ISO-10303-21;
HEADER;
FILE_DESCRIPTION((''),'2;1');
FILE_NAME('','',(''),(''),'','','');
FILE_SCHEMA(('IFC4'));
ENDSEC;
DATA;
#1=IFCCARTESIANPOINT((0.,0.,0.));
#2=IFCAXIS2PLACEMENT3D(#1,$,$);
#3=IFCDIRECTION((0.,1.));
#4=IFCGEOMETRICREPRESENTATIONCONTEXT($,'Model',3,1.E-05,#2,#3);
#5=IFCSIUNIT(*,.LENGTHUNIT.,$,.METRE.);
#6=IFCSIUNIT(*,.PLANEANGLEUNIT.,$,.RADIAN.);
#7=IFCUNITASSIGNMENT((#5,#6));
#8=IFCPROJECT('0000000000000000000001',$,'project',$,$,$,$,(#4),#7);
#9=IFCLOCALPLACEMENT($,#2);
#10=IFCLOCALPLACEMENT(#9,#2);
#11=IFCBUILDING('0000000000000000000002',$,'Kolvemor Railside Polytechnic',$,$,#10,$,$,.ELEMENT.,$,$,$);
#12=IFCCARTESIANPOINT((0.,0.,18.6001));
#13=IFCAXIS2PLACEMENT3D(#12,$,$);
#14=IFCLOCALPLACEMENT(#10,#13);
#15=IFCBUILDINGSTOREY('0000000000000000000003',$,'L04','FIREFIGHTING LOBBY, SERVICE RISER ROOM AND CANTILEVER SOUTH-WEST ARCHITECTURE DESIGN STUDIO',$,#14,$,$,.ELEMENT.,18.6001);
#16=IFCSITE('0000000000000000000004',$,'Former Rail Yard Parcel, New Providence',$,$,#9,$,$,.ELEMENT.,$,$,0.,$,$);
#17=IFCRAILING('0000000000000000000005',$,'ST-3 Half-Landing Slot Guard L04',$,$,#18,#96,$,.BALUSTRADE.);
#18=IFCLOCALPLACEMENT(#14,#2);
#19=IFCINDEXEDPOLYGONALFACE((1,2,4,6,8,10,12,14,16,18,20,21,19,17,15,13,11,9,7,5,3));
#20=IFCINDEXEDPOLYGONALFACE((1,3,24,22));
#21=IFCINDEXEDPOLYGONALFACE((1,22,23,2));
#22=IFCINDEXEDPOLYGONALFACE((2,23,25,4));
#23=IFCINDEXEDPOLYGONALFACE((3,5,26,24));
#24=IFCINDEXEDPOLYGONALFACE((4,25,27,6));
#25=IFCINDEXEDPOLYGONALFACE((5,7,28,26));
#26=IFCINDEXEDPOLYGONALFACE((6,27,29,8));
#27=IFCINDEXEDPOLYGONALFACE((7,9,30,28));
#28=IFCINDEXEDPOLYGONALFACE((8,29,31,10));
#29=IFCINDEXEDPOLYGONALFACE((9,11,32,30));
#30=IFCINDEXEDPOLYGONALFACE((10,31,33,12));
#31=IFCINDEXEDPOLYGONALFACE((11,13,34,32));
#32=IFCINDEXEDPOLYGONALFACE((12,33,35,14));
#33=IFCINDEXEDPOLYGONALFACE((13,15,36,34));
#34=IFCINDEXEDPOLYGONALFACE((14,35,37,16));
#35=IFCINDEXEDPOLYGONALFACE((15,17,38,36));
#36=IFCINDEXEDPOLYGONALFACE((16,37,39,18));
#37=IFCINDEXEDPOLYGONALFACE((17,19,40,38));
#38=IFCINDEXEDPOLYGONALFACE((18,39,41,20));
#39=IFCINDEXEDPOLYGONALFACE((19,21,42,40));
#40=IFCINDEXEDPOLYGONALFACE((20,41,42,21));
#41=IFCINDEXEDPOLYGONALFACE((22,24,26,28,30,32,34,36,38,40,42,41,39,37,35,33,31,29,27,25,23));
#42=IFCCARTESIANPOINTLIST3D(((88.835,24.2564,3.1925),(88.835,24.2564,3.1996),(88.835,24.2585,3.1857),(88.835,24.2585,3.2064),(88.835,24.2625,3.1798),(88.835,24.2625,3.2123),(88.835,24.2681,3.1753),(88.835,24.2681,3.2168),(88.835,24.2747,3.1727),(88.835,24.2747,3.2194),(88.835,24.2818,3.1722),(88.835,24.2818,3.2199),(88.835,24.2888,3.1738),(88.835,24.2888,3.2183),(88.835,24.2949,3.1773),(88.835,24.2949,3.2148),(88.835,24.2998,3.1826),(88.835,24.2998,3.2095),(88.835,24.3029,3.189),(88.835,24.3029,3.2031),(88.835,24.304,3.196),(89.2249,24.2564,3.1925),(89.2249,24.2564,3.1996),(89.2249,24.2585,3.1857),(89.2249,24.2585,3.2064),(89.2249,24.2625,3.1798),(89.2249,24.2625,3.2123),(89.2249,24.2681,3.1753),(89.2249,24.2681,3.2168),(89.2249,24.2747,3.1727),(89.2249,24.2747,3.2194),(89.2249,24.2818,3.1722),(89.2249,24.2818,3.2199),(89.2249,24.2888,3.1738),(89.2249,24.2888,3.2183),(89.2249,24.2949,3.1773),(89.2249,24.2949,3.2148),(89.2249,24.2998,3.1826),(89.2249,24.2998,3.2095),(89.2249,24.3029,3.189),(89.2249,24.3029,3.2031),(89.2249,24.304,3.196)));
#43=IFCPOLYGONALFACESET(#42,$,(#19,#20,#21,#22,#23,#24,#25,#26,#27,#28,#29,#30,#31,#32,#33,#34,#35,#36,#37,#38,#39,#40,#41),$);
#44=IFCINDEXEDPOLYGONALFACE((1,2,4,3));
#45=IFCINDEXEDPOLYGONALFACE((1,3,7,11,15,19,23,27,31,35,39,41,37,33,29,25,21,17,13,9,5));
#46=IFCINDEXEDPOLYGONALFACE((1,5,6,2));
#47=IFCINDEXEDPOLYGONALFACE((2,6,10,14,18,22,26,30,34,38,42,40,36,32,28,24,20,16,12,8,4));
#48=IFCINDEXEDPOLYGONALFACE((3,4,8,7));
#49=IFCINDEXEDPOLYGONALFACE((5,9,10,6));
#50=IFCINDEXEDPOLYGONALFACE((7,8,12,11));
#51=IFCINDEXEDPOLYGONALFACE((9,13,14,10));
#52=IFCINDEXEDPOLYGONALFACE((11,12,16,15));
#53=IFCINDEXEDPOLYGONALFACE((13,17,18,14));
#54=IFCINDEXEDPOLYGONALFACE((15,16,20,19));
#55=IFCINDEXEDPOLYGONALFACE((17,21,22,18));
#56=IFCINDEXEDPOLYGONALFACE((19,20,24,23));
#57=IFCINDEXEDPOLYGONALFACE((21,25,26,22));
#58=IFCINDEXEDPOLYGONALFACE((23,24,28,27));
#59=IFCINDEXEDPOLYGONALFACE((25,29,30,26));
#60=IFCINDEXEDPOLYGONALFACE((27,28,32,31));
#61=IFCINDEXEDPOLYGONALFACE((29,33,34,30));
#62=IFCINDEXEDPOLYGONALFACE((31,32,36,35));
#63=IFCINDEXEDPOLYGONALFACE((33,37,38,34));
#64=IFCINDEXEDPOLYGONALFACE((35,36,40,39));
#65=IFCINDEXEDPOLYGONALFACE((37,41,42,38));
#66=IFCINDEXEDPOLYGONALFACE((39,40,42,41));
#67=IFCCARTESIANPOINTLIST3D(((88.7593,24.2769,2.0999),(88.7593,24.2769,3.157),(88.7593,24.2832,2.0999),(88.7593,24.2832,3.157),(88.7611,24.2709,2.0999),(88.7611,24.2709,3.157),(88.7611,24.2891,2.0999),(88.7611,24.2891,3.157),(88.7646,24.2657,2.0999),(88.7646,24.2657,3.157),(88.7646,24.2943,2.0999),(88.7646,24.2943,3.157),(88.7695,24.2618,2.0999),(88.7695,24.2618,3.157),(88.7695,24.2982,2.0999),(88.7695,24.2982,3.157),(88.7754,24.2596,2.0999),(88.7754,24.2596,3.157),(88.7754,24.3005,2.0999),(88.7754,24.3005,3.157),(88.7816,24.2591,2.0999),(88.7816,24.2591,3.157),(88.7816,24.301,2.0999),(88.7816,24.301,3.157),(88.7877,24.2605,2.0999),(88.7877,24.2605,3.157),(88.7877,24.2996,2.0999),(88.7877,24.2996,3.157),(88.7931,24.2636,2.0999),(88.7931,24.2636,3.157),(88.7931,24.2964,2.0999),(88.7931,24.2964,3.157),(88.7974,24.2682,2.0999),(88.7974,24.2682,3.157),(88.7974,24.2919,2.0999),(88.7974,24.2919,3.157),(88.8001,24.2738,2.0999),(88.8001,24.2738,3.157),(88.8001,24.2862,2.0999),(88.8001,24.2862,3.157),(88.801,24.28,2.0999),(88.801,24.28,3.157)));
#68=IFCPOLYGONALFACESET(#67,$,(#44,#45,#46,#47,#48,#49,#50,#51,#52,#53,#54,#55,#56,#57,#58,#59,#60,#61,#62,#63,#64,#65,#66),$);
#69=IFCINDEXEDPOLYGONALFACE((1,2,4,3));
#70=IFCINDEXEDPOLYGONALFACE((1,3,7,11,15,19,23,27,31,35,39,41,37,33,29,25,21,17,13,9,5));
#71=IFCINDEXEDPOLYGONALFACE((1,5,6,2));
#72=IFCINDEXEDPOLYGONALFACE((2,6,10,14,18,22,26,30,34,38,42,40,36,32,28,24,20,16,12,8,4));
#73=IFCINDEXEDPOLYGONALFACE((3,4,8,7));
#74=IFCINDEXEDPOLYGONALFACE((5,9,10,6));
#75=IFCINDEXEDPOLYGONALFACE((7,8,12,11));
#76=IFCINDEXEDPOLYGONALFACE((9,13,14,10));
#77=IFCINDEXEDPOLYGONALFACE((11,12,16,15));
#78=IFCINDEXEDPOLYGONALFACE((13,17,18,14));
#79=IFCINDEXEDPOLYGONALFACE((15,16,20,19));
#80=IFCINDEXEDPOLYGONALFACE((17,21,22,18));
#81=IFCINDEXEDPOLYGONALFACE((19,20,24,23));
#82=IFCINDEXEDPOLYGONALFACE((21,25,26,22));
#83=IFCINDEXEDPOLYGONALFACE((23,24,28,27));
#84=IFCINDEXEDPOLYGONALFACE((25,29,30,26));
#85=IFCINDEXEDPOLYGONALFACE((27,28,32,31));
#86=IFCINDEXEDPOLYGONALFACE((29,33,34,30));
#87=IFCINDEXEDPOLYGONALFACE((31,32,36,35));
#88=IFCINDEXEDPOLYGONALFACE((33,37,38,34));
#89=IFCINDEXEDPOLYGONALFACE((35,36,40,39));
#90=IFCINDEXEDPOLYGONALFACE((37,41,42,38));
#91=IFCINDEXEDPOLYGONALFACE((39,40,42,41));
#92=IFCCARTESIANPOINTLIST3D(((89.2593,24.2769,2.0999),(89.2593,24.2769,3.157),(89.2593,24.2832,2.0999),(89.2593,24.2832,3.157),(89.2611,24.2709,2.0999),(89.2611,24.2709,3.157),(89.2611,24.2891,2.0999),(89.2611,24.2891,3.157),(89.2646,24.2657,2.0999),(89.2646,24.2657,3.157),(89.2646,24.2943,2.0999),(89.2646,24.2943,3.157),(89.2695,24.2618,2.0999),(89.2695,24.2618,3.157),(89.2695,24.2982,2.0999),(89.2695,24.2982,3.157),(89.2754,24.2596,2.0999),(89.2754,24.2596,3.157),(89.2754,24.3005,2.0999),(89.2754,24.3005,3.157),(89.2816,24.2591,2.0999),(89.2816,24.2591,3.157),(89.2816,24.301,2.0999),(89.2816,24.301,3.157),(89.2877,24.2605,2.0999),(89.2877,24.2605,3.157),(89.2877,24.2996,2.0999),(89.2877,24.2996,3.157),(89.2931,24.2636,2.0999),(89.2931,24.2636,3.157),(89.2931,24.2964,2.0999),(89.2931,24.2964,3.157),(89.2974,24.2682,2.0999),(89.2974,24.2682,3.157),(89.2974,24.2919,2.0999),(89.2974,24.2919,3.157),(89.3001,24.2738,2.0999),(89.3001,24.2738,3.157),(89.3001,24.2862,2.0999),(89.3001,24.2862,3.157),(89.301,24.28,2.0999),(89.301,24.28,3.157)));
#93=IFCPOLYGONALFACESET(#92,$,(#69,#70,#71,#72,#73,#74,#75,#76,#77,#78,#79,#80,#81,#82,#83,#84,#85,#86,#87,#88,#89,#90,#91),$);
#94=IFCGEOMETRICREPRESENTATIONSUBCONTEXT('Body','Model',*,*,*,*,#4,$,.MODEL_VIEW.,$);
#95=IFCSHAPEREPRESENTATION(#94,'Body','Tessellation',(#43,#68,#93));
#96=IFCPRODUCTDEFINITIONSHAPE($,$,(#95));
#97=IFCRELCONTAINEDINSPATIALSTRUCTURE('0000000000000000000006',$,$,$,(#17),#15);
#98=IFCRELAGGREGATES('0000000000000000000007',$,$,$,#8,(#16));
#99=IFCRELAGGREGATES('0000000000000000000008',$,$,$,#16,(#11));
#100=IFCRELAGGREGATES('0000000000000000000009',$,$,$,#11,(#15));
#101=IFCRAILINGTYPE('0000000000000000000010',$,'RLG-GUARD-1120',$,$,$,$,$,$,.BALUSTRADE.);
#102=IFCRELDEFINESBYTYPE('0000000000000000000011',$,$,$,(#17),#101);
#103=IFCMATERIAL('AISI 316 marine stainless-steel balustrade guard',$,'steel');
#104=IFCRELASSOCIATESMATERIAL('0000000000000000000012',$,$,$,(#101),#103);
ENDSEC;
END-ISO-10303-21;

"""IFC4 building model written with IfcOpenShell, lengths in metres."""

from ifc_helpers import new_model, si_unit, direction, frame, origin, origin_2d, place, context, subcontext, project, spatial, circle, extrude, material, type_object, element, save


model = new_model("IFC4")

# Units and contexts
model_context = context("Model", 3, precision=1e-05, world=origin(), true_north=direction((0.0, 1.0)))
body_context = subcontext(model_context, "Body", "Model", "MODEL_VIEW")
ifc_project = project(units=[si_unit("LENGTHUNIT", "METRE"), si_unit("PLANEANGLEUNIT", "RADIAN")], contexts=[model_context])

# Site, building, storey
site_placement = place(None, origin())
site = spatial("IfcSite", under=ifc_project, at=site_placement, Name="Former Rail Yard Parcel, New Providence", CompositionType="ELEMENT", RefElevation=0.0)
building_placement = place(site_placement, origin())
building = spatial("IfcBuilding", under=site, at=building_placement, Name="Kolvemor Railside Polytechnic", CompositionType="ELEMENT")
storey_placement = place(building_placement, frame((0.0, 0.0, 18.6001)))
storey = spatial("IfcBuildingStorey", under=building, at=storey_placement, Name="L04", Description="FIREFIGHTING LOBBY, SERVICE RISER ROOM AND CANTILEVER SOUTH-WEST ARCHITECTURE DESIGN STUDIO", CompositionType="ELEMENT", Elevation=18.6001)

# Railing
ifc_material_1 = material(Name="AISI 316 marine stainless-steel balustrade guard", Category="steel")
railing_type_1 = type_object("IfcRailingType", Name="RLG-GUARD-1120", PredefinedType="BALUSTRADE", material=ifc_material_1)
railing_1_placement = place(storey_placement, frame((88.78, 24.28, 2.0999)))
element("IfcRailing", 1, at=railing_1_placement, inside=storey, type_object=railing_type_1, Name="ST-3 Half-Landing Slot Guard L04", PredefinedType="BALUSTRADE", context=body_context, shape_type="SweptSolid", body=[
    extrude(circle(Radius=0.0239, at=origin_2d()), frame((0.0549, 0.0, 1.0962), z_axis=(1.0, 0.0, 0.0), x_axis=(0.0, 1.0, 0.0)), (0.0, 0.0, 1.0), 0.3899),
    extrude(circle(Radius=0.021, at=origin_2d()), origin(), (0.0, 0.0, 1.0), 1.0571),
    extrude(circle(Radius=0.021, at=origin_2d()), frame((0.5, 0.0, 0.0)), (0.0, 0.0, 1.0), 1.0571),
])

save(model, "model.ifc")
